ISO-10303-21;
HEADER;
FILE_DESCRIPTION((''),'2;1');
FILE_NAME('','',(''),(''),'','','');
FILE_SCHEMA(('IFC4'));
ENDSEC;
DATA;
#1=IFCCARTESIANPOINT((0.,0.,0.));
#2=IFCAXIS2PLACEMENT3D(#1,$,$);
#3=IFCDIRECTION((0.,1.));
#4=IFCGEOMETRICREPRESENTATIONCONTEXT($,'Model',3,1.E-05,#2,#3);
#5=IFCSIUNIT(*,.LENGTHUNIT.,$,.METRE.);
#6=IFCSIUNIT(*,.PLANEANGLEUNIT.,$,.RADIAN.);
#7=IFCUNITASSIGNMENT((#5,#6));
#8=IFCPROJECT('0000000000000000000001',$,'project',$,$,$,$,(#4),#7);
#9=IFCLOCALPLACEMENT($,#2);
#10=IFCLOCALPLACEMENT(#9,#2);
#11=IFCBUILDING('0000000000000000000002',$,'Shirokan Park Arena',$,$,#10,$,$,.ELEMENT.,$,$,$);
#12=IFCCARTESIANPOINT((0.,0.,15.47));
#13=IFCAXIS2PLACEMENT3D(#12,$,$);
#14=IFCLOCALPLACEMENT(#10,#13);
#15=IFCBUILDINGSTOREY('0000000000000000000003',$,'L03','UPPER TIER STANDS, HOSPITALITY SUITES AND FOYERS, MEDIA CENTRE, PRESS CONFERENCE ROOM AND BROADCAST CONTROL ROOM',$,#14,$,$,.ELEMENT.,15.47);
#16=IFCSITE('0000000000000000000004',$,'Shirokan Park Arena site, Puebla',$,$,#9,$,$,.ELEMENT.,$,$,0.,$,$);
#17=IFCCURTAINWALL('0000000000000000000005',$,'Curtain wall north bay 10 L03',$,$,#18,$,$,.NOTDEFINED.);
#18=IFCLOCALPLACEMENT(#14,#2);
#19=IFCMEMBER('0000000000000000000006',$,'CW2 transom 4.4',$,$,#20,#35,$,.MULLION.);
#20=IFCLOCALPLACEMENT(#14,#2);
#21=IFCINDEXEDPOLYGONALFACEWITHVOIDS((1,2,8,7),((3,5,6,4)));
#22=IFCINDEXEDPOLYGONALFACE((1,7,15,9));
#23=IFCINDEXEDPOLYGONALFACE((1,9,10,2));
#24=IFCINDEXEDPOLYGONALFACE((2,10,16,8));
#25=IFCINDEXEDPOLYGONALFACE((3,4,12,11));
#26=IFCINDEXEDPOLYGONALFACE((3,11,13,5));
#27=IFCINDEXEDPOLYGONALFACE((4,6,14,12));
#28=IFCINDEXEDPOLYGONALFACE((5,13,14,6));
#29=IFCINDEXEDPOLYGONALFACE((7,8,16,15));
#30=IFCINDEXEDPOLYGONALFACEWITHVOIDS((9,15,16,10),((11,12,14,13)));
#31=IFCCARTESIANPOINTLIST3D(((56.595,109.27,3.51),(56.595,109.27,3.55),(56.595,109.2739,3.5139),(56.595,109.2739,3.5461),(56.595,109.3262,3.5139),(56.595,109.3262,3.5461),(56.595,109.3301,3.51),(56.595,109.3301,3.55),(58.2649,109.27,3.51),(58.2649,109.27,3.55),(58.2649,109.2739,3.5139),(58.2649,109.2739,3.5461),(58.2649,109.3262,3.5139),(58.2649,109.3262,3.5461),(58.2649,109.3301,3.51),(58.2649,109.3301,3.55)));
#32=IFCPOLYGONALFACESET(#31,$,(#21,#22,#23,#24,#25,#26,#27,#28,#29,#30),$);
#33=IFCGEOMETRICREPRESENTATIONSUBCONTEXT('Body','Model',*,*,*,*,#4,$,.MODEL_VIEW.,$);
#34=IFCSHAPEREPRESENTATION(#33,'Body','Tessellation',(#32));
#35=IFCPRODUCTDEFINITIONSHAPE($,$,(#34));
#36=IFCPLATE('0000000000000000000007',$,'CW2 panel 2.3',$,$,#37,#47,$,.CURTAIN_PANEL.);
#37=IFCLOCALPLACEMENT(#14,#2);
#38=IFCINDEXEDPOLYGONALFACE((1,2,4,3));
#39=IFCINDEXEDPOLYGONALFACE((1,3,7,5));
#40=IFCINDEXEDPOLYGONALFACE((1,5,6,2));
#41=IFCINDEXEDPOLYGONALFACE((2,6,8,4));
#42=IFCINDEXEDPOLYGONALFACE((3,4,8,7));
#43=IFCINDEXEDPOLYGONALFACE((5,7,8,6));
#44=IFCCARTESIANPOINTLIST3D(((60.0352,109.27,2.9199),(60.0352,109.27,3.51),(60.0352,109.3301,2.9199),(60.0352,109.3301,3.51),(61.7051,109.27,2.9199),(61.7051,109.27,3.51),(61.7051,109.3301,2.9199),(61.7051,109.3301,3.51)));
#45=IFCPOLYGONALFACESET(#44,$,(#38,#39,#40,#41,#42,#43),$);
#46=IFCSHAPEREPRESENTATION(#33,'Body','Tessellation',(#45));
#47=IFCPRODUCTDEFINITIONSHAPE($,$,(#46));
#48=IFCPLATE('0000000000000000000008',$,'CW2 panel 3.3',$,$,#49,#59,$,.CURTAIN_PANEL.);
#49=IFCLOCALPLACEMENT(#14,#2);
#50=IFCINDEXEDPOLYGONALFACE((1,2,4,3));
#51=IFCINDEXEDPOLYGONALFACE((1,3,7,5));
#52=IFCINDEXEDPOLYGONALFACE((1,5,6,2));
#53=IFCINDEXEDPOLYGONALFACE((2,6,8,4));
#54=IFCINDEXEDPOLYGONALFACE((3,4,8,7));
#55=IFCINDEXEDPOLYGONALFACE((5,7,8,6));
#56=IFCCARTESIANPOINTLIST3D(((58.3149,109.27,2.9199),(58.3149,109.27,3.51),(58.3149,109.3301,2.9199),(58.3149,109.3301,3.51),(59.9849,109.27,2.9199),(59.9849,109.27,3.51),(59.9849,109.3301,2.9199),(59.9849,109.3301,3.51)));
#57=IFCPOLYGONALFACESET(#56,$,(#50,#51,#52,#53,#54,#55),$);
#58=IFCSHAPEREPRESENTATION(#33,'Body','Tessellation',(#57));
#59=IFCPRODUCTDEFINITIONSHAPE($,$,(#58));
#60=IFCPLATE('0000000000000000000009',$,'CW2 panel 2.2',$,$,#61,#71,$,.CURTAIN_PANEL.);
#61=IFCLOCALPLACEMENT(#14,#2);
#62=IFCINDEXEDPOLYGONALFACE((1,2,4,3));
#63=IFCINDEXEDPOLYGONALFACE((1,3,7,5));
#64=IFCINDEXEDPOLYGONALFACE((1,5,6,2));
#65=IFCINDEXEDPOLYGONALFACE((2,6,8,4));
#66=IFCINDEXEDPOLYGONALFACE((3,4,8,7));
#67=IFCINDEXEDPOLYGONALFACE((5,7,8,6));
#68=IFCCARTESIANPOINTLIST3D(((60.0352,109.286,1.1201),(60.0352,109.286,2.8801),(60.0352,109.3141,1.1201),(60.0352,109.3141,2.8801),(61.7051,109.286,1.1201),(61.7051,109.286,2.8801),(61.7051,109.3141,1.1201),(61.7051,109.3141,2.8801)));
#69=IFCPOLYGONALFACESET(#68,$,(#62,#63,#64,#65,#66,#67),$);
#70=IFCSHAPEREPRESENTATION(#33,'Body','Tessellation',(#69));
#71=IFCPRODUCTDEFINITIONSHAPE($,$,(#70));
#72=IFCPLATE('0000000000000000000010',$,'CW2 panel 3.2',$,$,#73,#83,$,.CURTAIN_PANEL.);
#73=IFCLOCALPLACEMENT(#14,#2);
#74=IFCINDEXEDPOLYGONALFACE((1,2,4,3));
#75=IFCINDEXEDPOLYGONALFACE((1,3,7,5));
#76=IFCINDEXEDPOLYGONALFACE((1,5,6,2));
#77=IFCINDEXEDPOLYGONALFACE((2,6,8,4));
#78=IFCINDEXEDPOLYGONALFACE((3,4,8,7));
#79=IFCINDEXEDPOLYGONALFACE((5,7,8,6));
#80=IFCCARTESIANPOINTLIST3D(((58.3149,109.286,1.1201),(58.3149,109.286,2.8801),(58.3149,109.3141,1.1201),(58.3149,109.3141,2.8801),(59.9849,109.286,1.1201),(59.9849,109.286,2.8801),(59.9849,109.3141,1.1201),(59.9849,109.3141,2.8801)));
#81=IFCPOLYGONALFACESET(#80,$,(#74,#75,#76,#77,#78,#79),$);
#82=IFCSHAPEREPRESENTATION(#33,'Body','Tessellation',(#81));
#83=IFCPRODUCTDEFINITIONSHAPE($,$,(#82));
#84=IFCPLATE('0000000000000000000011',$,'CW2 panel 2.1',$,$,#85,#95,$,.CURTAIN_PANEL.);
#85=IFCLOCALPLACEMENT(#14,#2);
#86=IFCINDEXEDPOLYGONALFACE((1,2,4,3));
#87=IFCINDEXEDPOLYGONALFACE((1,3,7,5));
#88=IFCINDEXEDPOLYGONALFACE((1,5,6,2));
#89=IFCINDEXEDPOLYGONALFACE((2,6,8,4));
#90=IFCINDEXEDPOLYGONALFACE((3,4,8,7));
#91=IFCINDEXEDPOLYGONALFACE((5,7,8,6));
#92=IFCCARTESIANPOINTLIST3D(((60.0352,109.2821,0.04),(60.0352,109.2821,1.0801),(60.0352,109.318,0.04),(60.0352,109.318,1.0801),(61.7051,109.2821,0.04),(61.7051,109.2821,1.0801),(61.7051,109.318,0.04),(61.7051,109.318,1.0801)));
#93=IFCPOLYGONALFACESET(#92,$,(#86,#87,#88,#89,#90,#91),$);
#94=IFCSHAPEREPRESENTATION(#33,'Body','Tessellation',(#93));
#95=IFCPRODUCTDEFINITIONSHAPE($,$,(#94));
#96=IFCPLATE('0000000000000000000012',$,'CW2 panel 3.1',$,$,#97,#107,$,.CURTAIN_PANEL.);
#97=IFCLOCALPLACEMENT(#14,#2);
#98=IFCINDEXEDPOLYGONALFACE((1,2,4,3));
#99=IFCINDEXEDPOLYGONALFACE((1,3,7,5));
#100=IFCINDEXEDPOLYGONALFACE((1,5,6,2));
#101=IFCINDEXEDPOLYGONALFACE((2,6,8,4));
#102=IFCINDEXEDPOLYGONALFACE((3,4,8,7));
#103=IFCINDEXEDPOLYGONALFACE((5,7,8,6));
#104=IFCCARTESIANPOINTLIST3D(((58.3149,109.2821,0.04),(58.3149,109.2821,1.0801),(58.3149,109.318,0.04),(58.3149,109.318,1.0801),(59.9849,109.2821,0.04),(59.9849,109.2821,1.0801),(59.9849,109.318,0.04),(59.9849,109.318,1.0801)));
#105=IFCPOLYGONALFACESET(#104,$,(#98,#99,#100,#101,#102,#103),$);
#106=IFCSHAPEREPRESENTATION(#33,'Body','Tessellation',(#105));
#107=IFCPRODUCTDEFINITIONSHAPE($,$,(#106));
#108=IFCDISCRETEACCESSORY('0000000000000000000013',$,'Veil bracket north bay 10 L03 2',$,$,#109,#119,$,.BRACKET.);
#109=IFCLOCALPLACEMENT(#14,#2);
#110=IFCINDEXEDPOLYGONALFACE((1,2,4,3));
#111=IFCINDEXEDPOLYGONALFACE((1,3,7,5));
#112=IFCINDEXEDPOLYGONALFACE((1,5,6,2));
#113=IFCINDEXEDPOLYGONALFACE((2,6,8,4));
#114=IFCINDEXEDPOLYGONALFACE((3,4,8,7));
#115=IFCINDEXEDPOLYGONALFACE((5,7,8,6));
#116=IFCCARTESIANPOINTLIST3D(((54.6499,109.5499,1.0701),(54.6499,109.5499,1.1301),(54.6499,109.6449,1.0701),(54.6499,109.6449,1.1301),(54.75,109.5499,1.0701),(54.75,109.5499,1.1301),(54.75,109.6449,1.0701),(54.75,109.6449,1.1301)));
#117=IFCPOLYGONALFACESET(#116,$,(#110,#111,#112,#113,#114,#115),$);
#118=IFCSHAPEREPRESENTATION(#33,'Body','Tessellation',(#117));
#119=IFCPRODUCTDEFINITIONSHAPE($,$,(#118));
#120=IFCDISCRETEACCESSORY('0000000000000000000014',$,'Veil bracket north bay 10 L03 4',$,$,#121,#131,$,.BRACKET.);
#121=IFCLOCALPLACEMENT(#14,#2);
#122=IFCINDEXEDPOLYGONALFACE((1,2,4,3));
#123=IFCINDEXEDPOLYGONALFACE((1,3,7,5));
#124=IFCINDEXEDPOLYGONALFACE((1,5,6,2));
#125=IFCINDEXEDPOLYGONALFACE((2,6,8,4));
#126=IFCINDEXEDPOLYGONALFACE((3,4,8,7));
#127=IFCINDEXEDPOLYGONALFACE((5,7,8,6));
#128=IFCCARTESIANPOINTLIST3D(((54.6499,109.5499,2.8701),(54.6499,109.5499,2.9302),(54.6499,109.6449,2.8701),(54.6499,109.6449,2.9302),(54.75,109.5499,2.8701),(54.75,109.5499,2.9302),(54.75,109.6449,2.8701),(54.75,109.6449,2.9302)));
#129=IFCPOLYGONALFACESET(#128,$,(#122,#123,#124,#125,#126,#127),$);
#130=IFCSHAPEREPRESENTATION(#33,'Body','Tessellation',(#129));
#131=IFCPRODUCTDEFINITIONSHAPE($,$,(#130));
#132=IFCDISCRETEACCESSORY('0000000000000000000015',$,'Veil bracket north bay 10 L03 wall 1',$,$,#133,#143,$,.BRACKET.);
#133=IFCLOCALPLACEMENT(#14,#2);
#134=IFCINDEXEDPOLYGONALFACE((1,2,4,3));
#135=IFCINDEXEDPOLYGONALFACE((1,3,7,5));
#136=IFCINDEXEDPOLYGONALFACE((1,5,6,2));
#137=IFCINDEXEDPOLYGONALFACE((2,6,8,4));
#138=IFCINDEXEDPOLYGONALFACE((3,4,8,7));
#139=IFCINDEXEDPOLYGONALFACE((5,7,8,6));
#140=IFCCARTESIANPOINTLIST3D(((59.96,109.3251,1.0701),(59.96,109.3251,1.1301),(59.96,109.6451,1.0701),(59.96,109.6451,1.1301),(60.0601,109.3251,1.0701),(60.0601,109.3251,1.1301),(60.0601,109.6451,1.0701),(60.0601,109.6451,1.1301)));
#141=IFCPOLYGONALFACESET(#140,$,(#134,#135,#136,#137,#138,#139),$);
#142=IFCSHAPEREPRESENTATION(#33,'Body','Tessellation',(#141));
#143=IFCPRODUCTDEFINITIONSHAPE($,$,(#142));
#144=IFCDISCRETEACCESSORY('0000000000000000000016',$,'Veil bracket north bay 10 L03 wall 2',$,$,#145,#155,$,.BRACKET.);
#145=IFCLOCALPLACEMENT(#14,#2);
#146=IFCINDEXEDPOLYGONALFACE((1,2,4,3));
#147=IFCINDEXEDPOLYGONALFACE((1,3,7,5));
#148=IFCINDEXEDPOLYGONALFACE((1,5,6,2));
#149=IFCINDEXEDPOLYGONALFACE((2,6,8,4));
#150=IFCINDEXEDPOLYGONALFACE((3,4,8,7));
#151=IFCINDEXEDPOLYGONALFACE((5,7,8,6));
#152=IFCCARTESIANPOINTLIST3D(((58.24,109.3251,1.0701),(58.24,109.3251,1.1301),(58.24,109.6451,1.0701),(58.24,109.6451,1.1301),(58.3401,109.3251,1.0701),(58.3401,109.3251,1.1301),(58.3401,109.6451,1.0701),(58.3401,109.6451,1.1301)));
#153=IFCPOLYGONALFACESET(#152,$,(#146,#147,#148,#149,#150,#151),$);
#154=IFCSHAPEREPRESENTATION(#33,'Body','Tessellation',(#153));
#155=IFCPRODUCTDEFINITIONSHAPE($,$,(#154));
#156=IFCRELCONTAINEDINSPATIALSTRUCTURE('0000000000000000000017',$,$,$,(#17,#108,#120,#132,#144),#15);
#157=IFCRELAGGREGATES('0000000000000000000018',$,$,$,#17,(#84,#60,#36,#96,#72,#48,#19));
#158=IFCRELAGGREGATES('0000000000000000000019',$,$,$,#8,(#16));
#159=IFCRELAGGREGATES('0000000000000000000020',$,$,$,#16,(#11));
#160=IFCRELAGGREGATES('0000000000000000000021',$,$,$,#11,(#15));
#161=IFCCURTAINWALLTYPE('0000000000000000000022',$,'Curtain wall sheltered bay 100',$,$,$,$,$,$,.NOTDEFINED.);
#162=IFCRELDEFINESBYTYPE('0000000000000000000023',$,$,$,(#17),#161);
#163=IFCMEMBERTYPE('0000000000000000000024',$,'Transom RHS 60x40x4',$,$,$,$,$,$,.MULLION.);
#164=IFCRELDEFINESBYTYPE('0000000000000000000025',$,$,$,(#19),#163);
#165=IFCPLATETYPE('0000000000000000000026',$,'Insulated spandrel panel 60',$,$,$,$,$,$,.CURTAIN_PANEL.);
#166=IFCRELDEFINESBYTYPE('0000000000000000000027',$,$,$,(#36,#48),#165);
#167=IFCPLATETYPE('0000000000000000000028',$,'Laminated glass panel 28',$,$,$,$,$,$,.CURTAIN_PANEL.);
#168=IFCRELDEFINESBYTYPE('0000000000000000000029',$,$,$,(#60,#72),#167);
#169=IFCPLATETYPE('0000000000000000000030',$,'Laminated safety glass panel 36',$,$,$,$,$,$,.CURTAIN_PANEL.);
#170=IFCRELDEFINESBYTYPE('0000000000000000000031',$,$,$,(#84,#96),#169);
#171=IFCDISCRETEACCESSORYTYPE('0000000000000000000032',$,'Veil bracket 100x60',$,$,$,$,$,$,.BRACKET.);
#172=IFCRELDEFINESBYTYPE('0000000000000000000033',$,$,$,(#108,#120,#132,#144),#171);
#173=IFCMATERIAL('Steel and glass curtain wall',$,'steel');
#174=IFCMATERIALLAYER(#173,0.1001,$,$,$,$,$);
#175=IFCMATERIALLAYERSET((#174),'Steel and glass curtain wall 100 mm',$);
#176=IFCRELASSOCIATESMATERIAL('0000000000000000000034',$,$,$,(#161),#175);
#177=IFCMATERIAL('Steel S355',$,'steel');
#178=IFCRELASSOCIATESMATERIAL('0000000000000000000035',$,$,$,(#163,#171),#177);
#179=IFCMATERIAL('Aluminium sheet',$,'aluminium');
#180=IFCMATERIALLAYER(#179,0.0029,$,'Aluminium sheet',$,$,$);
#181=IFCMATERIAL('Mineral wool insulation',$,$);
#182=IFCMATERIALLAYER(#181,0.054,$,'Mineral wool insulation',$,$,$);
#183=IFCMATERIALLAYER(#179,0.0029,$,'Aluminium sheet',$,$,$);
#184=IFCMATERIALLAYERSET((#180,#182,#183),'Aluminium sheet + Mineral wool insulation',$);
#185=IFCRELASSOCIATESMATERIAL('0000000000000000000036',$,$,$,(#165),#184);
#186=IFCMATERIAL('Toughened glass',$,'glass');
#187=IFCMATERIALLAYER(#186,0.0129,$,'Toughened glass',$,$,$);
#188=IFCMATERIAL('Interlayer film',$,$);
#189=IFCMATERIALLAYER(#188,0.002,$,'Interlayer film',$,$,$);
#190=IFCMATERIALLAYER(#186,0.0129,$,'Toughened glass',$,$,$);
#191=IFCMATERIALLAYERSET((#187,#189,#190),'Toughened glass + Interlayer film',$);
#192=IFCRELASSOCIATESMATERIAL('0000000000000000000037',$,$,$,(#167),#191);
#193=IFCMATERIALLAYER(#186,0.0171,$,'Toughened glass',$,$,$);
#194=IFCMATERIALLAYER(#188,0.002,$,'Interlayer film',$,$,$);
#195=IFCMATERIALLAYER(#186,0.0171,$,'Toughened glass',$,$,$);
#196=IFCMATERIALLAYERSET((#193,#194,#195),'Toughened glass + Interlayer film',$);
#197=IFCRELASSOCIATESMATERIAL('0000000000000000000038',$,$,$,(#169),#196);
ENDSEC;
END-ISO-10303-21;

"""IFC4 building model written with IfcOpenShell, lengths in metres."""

from ifc_helpers import new_model, si_unit, direction, frame, origin, origin_2d, place, context, subcontext, project, spatial, rectangle, hollow_rectangle, extrude, material, layer, layer_set, material_profile, profile_set, type_object, element, aggregate, save


model = new_model("IFC4")

# Units and contexts
model_context = context("Model", 3, precision=1e-05, world=origin(), true_north=direction((0.0, 1.0)))
body_context = subcontext(model_context, "Body", "Model", "MODEL_VIEW")
ifc_project = project(units=[si_unit("LENGTHUNIT", "METRE"), si_unit("PLANEANGLEUNIT", "RADIAN")], contexts=[model_context])

# Site, building, storey
site_placement = place(None, origin())
site = spatial("IfcSite", under=ifc_project, at=site_placement, Name="Shirokan Park Arena site, Puebla", CompositionType="ELEMENT", RefElevation=0.0)
building_placement = place(site_placement, origin())
building = spatial("IfcBuilding", under=site, at=building_placement, Name="Shirokan Park Arena", CompositionType="ELEMENT")
storey_placement = place(building_placement, frame((0.0, 0.0, 15.47)))
storey = spatial("IfcBuildingStorey", under=building, at=storey_placement, Name="L03", Description="UPPER TIER STANDS, HOSPITALITY SUITES AND FOYERS, MEDIA CENTRE, PRESS CONFERENCE ROOM AND BROADCAST CONTROL ROOM", CompositionType="ELEMENT", Elevation=15.47)

# Curtain wall, member, plates
ifc_material_1 = material(Name="Steel and glass curtain wall", Category="steel")
ifc_layer_1 = layer(ifc_material_1, 0.1001)
ifc_layer_set_1 = layer_set([ifc_layer_1], Name="Steel and glass curtain wall 100 mm")
curtain_wall_type = type_object("IfcCurtainWallType", Name="Curtain wall sheltered bay 100", PredefinedType="NOTDEFINED", material=ifc_layer_set_1)
curtain_wall_placement = place(storey_placement, origin())
curtain_wall = element("IfcCurtainWall", 1, at=curtain_wall_placement, inside=storey, type_object=curtain_wall_type, Name="Curtain wall north bay 10 L03", PredefinedType="NOTDEFINED")
ifc_material_2 = material(Name="Steel S355", Category="steel")
ifc_material_profile_1 = material_profile(ifc_material_2, hollow_rectangle(XDim=0.0601, YDim=0.04, WallThickness=0.0039, at=origin_2d()), Name="RHS 60x40x4")
ifc_profile_set_1 = profile_set([ifc_material_profile_1], Name="Steel S355")
member_type_1 = type_object("IfcMemberType", Name="Transom RHS 60x40x4", PredefinedType="MULLION", material=ifc_profile_set_1)
member_1_placement = place(storey_placement, frame((58.2649, 109.3, 3.53), z_axis=(-1.0, 0.0, 0.0), x_axis=(0.0, -1.0, 0.0)))
member_1 = element("IfcMember", 2, at=member_1_placement, type_object=member_type_1, Name="CW2 transom 4.4", PredefinedType="MULLION", context=body_context, shape_type="SweptSolid", body=[
    extrude(hollow_rectangle(XDim=0.0601, YDim=0.04, WallThickness=0.0039, at=origin_2d()), origin(), (0.0, 0.0, 1.0), 1.6699),
])
ifc_material_3 = material(Name="Aluminium sheet", Category="aluminium")
ifc_layer_2 = layer(ifc_material_3, 0.0029, Name="Aluminium sheet")
ifc_material_4 = material(Name="Mineral wool insulation")
ifc_layer_3 = layer(ifc_material_4, 0.054, Name="Mineral wool insulation")
ifc_layer_4 = layer(ifc_material_3, 0.0029, Name="Aluminium sheet")
ifc_layer_set_2 = layer_set([ifc_layer_2, ifc_layer_3, ifc_layer_4], Name="Aluminium sheet + Mineral wool insulation")
plate_type_1 = type_object("IfcPlateType", Name="Insulated spandrel panel 60", PredefinedType="CURTAIN_PANEL", material=ifc_layer_set_2)
plate_1_placement = place(storey_placement, frame((60.8701, 109.3, 2.9199), z_axis=(0.0, 0.0, 1.0), x_axis=(-1.0, 0.0, 0.0)))
plate_1 = element("IfcPlate", 3, at=plate_1_placement, type_object=plate_type_1, Name="CW2 panel 2.3", PredefinedType="CURTAIN_PANEL", context=body_context, shape_type="SweptSolid", body=[
    extrude(rectangle(XDim=1.6699, YDim=0.0601, at=origin_2d()), origin(), (0.0, 0.0, 1.0), 0.5901),
])
plate_2_placement = place(storey_placement, frame((59.1499, 109.3, 2.9199), z_axis=(0.0, 0.0, 1.0), x_axis=(-1.0, 0.0, 0.0)))
plate_2 = element("IfcPlate", 4, at=plate_2_placement, type_object=plate_type_1, Name="CW2 panel 3.3", PredefinedType="CURTAIN_PANEL", context=body_context, shape_type="SweptSolid", body=[
    extrude(rectangle(XDim=1.6699, YDim=0.0601, at=origin_2d()), origin(), (0.0, 0.0, 1.0), 0.5901),
])
ifc_material_5 = material(Name="Toughened glass", Category="glass")
ifc_layer_5 = layer(ifc_material_5, 0.0129, Name="Toughened glass")
ifc_material_6 = material(Name="Interlayer film")
ifc_layer_6 = layer(ifc_material_6, 0.002, Name="Interlayer film")
ifc_layer_7 = layer(ifc_material_5, 0.0129, Name="Toughened glass")
ifc_layer_set_3 = layer_set([ifc_layer_5, ifc_layer_6, ifc_layer_7], Name="Toughened glass + Interlayer film")
plate_type_2 = type_object("IfcPlateType", Name="Laminated glass panel 28", PredefinedType="CURTAIN_PANEL", material=ifc_layer_set_3)
plate_3_placement = place(storey_placement, frame((60.8701, 109.3, 1.1201), z_axis=(0.0, 0.0, 1.0), x_axis=(-1.0, 0.0, 0.0)))
plate_3 = element("IfcPlate", 5, at=plate_3_placement, type_object=plate_type_2, Name="CW2 panel 2.2", PredefinedType="CURTAIN_PANEL", context=body_context, shape_type="SweptSolid", body=[
    extrude(rectangle(XDim=1.6699, YDim=0.0281, at=origin_2d()), origin(), (0.0, 0.0, 1.0), 1.76),
])
plate_4_placement = place(storey_placement, frame((59.1499, 109.3, 1.1201), z_axis=(0.0, 0.0, 1.0), x_axis=(-1.0, 0.0, 0.0)))
plate_4 = element("IfcPlate", 6, at=plate_4_placement, type_object=plate_type_2, Name="CW2 panel 3.2", PredefinedType="CURTAIN_PANEL", context=body_context, shape_type="SweptSolid", body=[
    extrude(rectangle(XDim=1.6699, YDim=0.0281, at=origin_2d()), origin(), (0.0, 0.0, 1.0), 1.76),
])
ifc_layer_8 = layer(ifc_material_5, 0.0171, Name="Toughened glass")
ifc_layer_9 = layer(ifc_material_6, 0.002, Name="Interlayer film")
ifc_layer_10 = layer(ifc_material_5, 0.0171, Name="Toughened glass")
ifc_layer_set_4 = layer_set([ifc_layer_8, ifc_layer_9, ifc_layer_10], Name="Toughened glass + Interlayer film")
plate_type_3 = type_object("IfcPlateType", Name="Laminated safety glass panel 36", PredefinedType="CURTAIN_PANEL", material=ifc_layer_set_4)
plate_5_placement = place(storey_placement, frame((60.8701, 109.3, 0.04), z_axis=(0.0, 0.0, 1.0), x_axis=(-1.0, 0.0, 0.0)))
plate_5 = element("IfcPlate", 7, at=plate_5_placement, type_object=plate_type_3, Name="CW2 panel 2.1", PredefinedType="CURTAIN_PANEL", context=body_context, shape_type="SweptSolid", body=[
    extrude(rectangle(XDim=1.6699, YDim=0.0359, at=origin_2d()), origin(), (0.0, 0.0, 1.0), 1.04),
])
plate_6_placement = place(storey_placement, frame((59.1499, 109.3, 0.04), z_axis=(0.0, 0.0, 1.0), x_axis=(-1.0, 0.0, 0.0)))
plate_6 = element("IfcPlate", 8, at=plate_6_placement, type_object=plate_type_3, Name="CW2 panel 3.1", PredefinedType="CURTAIN_PANEL", context=body_context, shape_type="SweptSolid", body=[
    extrude(rectangle(XDim=1.6699, YDim=0.0359, at=origin_2d()), origin(), (0.0, 0.0, 1.0), 1.04),
])
aggregate(curtain_wall, [plate_5, plate_3, plate_1, plate_6, plate_4, plate_2, member_1])

# Discrete accessories
discrete_accessory_type = type_object("IfcDiscreteAccessoryType", Name="Veil bracket 100x60", PredefinedType="BRACKET", material=ifc_material_2)
for number, where, z_axis, x_axis, name in (
    (9, (54.7, 109.5974, 1.0701), (0.0, 0.0, 1.0), (-1.0, 0.0, 0.0), "Veil bracket north bay 10 L03 2"),
    (10, (54.7, 109.5974, 2.8701), (0.0, 0.0, 1.0), (-1.0, 0.0, 0.0), "Veil bracket north bay 10 L03 4"),
):
    element("IfcDiscreteAccessory", number, at=place(storey_placement, frame(where, z_axis=z_axis, x_axis=x_axis)), inside=storey, type_object=discrete_accessory_type, Name=name, PredefinedType="BRACKET", context=body_context, shape_type="SweptSolid", body=[
        extrude(rectangle(XDim=0.1001, YDim=0.095, at=origin_2d()), origin(), (0.0, 0.0, 1.0), 0.0601),
    ])
for number, where, z_axis, x_axis, name in (
    (11, (60.01, 109.4851, 1.0701), (0.0, 0.0, 1.0), (-1.0, 0.0, 0.0), "Veil bracket north bay 10 L03 wall 1"),
    (12, (58.29, 109.4851, 1.0701), (0.0, 0.0, 1.0), (-1.0, 0.0, 0.0), "Veil bracket north bay 10 L03 wall 2"),
):
    element("IfcDiscreteAccessory", number, at=place(storey_placement, frame(where, z_axis=z_axis, x_axis=x_axis)), inside=storey, type_object=discrete_accessory_type, Name=name, PredefinedType="BRACKET", context=body_context, shape_type="SweptSolid", body=[
        extrude(rectangle(XDim=0.1001, YDim=0.3201, at=origin_2d()), origin(), (0.0, 0.0, 1.0), 0.0601),
    ])

save(model, "model.ifc")
